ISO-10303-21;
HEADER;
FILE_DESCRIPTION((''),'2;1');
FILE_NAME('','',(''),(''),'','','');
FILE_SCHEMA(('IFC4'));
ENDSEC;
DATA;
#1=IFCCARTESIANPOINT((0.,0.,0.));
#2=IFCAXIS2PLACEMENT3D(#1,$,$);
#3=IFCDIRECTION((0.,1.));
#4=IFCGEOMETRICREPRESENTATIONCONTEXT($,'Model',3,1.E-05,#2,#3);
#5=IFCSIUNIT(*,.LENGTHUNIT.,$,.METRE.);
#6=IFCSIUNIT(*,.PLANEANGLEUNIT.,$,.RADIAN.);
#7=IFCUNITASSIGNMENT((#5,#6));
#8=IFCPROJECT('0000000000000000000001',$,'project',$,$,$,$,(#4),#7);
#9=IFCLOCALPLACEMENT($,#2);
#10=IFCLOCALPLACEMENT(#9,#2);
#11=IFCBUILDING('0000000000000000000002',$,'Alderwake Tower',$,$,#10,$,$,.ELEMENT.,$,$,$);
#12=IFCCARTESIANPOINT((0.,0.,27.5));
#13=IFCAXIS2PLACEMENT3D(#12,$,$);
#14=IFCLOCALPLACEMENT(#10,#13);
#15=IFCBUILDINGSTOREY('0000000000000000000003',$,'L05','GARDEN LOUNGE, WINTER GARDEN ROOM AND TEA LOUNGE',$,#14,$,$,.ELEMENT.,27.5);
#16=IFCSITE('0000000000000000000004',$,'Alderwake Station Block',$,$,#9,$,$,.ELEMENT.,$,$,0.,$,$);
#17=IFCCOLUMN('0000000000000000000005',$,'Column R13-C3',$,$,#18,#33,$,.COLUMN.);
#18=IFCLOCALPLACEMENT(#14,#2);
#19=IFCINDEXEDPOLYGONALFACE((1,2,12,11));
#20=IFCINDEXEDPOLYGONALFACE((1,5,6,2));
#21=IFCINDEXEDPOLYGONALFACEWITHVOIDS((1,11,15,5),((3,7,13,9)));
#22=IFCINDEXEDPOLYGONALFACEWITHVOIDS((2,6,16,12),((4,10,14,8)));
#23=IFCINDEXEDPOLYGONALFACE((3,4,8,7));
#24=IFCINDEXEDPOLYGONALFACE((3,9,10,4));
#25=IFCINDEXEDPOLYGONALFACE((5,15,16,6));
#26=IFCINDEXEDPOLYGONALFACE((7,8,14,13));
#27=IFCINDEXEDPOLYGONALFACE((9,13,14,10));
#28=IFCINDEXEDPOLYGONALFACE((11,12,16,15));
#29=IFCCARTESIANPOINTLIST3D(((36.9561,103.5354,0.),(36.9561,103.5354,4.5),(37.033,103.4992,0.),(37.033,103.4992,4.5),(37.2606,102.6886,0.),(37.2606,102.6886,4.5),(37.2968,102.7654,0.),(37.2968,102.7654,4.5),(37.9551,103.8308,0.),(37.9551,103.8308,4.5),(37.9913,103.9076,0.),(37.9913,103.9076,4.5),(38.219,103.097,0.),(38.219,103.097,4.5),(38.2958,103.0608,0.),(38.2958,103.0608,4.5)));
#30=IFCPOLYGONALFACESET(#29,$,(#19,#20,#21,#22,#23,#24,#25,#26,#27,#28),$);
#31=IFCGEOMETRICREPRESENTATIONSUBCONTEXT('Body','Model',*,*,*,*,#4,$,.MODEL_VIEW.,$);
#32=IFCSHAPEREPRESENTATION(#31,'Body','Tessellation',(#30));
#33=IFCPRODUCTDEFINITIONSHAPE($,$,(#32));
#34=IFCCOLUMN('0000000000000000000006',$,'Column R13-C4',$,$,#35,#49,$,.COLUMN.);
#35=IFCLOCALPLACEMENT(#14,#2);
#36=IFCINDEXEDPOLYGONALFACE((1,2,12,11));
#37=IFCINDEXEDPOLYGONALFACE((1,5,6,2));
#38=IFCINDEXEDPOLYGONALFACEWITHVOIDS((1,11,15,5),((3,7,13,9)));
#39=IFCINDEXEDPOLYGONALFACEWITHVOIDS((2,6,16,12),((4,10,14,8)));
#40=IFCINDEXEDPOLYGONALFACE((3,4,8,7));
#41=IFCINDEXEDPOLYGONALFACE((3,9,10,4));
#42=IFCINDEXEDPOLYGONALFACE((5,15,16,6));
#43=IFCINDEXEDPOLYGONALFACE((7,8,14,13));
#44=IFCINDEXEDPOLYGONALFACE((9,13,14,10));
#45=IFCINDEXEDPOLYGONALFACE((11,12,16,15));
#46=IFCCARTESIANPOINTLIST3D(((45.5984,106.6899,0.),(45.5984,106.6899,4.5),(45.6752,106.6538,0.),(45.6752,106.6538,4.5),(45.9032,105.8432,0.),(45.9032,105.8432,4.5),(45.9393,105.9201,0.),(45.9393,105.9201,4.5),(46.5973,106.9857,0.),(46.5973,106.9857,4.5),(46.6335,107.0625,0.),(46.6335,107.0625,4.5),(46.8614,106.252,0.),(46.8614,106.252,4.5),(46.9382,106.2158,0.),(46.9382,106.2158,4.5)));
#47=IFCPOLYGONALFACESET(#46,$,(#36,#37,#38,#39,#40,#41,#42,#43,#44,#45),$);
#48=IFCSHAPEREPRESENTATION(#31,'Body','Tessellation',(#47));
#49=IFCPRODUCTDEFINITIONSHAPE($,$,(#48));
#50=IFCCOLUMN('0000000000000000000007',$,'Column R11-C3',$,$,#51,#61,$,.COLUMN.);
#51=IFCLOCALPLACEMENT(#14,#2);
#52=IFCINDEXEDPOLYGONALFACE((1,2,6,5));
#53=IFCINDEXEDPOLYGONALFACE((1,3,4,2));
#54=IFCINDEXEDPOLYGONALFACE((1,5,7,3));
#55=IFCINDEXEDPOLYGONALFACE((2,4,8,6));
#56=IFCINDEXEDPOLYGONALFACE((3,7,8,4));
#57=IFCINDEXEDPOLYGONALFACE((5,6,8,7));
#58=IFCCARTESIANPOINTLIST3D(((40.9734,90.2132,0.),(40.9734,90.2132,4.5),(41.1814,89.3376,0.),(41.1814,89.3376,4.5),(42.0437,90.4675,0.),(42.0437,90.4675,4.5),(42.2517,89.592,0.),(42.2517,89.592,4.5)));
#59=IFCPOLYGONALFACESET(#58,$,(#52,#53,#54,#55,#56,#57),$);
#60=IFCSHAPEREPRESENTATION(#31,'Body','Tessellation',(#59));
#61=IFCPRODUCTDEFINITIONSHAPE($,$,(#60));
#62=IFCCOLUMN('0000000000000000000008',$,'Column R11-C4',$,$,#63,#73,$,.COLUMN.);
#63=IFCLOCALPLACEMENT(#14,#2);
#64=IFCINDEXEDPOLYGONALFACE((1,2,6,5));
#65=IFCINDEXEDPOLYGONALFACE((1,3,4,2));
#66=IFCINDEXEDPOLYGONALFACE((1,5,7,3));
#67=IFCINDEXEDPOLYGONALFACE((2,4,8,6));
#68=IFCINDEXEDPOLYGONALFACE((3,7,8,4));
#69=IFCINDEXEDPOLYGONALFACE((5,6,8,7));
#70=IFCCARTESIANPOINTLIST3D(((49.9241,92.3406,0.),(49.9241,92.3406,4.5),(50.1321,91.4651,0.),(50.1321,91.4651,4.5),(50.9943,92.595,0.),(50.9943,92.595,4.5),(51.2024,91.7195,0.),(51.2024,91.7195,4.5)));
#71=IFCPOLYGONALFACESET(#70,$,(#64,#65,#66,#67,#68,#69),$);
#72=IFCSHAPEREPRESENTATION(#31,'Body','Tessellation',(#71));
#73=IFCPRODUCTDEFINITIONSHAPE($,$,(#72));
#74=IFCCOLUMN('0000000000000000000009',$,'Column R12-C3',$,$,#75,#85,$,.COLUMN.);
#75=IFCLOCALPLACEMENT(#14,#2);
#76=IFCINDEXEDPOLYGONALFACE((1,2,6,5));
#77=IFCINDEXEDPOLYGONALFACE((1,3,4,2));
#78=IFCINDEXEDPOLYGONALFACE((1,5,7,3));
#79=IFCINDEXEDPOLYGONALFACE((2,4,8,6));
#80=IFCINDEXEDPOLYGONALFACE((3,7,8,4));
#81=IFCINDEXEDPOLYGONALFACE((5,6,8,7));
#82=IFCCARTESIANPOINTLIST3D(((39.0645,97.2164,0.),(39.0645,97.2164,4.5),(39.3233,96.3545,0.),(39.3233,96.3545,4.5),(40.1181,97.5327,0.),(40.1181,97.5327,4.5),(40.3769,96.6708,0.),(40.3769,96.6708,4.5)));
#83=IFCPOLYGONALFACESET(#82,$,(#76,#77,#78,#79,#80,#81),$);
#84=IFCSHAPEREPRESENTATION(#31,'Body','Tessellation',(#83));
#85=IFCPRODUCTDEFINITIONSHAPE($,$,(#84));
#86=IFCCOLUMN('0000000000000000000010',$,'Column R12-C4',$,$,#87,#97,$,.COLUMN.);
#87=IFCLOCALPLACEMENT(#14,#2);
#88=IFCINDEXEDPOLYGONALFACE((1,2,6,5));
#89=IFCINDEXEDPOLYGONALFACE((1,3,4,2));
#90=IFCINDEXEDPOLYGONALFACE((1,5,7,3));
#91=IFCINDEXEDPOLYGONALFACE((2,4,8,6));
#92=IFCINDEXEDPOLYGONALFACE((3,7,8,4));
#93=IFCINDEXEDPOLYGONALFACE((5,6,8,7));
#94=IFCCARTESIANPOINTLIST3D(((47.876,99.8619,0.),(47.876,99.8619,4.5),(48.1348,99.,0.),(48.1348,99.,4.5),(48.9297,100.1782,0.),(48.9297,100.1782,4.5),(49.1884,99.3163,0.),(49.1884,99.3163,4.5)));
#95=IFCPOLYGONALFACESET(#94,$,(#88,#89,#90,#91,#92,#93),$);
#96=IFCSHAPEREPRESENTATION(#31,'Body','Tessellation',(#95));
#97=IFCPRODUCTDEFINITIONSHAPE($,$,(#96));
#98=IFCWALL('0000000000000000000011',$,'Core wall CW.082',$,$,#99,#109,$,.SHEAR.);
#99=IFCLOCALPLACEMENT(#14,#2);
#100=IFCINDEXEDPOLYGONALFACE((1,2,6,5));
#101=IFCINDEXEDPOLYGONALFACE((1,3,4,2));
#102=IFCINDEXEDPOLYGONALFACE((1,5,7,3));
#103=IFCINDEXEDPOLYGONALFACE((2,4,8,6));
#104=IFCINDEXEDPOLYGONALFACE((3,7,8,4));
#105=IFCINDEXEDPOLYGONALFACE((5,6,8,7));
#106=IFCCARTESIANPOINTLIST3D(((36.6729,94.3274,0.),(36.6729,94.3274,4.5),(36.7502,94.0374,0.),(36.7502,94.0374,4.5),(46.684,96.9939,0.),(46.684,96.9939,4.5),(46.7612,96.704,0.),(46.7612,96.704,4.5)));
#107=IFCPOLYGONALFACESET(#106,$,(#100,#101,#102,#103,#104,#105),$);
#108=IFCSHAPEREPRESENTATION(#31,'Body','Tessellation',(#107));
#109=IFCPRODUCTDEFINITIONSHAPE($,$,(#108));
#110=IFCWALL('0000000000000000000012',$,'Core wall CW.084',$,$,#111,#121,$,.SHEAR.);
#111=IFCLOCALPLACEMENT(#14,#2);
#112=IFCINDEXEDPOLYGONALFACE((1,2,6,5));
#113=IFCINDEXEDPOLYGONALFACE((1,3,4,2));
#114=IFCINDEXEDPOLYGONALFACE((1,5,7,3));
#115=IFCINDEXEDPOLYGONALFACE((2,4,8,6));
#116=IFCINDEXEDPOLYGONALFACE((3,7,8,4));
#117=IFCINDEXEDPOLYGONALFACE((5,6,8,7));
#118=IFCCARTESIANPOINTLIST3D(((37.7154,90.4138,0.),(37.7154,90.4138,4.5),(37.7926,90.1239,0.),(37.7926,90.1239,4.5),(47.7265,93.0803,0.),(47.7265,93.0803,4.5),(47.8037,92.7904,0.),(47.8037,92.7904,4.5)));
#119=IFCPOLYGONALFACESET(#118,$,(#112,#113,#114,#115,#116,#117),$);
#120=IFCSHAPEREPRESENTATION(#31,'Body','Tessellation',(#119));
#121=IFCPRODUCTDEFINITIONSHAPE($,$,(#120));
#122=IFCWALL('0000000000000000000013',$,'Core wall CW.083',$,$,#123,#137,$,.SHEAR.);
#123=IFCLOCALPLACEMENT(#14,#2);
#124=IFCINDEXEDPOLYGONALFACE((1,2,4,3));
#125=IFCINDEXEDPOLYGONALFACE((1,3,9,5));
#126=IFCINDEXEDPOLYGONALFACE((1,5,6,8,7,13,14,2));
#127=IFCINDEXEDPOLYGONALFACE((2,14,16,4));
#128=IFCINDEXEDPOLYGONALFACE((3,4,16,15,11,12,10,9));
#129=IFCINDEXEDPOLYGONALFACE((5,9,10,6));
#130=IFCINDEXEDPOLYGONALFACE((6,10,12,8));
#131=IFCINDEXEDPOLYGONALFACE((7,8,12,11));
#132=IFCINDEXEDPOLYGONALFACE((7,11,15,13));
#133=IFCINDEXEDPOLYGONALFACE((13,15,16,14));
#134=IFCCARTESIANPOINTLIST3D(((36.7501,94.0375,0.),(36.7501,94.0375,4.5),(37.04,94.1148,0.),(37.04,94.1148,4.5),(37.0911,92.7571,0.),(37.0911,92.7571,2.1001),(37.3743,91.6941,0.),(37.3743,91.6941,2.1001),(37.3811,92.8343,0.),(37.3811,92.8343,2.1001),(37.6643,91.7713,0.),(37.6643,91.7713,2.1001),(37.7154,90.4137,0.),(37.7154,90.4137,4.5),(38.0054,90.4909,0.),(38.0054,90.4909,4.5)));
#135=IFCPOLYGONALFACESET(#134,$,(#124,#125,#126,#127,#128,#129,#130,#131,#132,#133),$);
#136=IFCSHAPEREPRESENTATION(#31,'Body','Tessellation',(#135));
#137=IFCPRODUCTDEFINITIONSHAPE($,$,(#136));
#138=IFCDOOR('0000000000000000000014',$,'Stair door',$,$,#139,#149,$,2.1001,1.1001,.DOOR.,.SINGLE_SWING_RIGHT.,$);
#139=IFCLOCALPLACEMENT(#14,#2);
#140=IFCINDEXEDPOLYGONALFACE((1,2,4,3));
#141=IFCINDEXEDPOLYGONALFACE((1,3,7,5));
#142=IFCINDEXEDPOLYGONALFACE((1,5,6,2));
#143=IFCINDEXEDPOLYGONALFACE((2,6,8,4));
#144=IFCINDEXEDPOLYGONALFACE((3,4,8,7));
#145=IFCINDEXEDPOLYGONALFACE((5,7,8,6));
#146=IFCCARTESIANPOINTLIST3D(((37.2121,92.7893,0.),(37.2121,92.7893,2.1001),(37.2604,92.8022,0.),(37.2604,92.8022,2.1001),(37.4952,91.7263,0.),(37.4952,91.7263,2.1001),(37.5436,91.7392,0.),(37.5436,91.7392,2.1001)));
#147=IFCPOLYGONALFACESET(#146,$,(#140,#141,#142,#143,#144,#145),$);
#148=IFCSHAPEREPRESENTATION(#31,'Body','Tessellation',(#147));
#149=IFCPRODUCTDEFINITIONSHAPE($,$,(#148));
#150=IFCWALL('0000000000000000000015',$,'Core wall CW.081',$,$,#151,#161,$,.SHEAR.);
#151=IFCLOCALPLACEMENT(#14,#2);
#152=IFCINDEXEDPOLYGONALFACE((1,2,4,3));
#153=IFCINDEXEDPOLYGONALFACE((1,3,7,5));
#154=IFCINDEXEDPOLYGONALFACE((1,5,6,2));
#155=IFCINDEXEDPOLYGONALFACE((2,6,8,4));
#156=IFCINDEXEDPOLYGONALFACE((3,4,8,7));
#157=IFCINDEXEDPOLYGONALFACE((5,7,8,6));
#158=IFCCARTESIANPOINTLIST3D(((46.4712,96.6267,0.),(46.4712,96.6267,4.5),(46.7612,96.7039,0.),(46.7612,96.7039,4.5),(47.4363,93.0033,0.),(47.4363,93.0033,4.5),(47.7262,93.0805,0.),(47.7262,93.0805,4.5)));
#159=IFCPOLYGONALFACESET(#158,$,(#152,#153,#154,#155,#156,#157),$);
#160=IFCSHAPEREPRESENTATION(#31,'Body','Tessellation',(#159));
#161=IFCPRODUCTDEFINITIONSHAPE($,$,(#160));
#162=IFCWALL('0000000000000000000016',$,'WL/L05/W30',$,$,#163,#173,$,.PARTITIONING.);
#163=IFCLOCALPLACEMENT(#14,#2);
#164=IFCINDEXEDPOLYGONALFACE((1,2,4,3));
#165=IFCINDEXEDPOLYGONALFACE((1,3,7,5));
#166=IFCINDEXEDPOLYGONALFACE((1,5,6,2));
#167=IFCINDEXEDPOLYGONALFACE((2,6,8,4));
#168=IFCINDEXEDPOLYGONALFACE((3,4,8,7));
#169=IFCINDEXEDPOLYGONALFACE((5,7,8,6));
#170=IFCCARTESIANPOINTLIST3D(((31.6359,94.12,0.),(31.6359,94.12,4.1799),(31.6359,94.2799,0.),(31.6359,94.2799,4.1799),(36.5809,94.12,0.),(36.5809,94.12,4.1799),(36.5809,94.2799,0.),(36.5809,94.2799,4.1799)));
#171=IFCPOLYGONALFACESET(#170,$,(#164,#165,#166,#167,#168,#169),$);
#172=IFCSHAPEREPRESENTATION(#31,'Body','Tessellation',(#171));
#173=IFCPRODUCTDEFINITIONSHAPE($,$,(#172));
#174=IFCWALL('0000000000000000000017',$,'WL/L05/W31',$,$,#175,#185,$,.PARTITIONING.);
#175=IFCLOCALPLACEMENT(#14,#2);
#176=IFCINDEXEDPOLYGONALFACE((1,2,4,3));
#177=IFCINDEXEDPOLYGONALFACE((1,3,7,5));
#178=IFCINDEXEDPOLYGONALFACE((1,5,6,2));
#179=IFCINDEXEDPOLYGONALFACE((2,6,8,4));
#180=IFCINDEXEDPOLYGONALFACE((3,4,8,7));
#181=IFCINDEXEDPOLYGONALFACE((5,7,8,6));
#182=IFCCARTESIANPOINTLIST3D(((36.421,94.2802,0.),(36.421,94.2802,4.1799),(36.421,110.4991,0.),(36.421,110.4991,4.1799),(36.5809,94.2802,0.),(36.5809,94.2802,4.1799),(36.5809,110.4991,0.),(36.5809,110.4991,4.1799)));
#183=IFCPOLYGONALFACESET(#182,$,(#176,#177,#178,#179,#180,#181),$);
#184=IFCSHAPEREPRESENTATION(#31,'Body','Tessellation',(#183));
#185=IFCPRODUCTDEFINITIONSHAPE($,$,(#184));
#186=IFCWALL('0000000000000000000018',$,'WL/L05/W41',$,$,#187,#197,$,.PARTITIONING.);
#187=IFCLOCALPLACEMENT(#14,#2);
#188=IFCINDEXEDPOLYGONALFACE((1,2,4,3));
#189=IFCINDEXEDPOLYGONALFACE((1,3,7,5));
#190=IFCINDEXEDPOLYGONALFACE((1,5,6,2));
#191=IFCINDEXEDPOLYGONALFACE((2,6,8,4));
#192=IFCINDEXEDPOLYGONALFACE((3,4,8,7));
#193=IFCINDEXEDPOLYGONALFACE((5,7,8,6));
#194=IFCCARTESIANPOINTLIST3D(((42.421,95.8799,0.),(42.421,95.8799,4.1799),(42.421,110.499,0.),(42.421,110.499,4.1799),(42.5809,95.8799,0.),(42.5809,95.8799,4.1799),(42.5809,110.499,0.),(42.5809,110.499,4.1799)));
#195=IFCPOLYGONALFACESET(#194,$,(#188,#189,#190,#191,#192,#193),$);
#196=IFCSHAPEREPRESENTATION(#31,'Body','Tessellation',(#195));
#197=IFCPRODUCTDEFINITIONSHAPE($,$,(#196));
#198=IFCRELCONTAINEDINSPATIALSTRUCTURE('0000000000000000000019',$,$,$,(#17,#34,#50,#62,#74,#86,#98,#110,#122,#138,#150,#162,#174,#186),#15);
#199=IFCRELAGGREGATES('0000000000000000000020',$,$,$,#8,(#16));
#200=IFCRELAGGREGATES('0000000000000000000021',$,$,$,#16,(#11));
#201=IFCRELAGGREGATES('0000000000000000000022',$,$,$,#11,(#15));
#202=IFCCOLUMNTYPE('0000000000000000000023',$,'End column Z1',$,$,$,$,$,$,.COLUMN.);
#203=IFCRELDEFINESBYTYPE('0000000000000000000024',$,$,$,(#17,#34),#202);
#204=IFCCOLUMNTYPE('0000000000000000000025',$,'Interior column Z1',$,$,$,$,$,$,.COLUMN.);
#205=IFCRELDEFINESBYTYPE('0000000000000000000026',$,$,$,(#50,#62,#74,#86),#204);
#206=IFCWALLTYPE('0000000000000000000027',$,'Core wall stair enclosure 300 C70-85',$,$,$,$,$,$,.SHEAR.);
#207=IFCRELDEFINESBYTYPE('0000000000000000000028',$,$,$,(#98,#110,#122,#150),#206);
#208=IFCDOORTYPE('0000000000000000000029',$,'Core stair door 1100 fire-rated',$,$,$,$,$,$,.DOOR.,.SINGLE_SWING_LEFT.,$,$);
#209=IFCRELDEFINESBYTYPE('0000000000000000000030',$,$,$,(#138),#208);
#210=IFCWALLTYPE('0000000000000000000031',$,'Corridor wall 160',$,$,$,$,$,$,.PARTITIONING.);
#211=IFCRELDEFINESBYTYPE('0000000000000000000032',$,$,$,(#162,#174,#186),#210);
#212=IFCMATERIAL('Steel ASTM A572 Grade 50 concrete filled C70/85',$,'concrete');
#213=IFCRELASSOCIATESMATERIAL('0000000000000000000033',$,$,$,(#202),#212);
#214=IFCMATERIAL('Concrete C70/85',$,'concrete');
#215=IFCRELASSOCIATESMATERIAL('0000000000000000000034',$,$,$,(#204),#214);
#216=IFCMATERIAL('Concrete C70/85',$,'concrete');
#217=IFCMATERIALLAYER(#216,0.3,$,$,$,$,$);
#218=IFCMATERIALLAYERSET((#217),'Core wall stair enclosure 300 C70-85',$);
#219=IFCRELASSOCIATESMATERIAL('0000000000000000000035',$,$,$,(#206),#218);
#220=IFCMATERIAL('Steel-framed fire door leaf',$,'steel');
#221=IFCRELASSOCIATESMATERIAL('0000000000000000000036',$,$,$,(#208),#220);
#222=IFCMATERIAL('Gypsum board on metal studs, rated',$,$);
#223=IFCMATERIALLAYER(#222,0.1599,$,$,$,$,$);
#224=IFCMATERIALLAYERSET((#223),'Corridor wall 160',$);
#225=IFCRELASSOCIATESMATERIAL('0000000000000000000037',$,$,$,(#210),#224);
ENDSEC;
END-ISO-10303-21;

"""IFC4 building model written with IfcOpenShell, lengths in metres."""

from ifc_helpers import new_model, si_unit, direction, frame, frame_2d, origin, origin_2d, place, context, subcontext, project, spatial, rectangle, hollow_rectangle, extrude, material, layer, layer_set, material_profile, profile_set, type_object, element, fill, save


model = new_model("IFC4")

# Units and contexts
model_context = context("Model", 3, precision=1e-05, world=origin(), true_north=direction((0.0, 1.0)))
body_context = subcontext(model_context, "Body", "Model", "MODEL_VIEW")
ifc_project = project(units=[si_unit("LENGTHUNIT", "METRE"), si_unit("PLANEANGLEUNIT", "RADIAN")], contexts=[model_context])

# Site, building, storey
site_placement = place(None, origin())
site = spatial("IfcSite", under=ifc_project, at=site_placement, Name="Alderwake Station Block", CompositionType="ELEMENT", RefElevation=0.0)
building_placement = place(site_placement, origin())
building = spatial("IfcBuilding", under=site, at=building_placement, Name="Alderwake Tower", CompositionType="ELEMENT")
storey_placement = place(building_placement, frame((0.0, 0.0, 27.5)))
storey = spatial("IfcBuildingStorey", under=building, at=storey_placement, Name="L05", Description="GARDEN LOUNGE, WINTER GARDEN ROOM AND TEA LOUNGE", CompositionType="ELEMENT", Elevation=27.5)

# Columns
ifc_material_1 = material(Name="Steel ASTM A572 Grade 50 concrete filled C70/85", Category="concrete")
ifc_material_profile_1 = material_profile(ifc_material_1, hollow_rectangle(XDim=0.8999, YDim=1.1001, WallThickness=0.0601, at=origin_2d()), Name="BOX 1100X900X60")
ifc_profile_set_1 = profile_set([ifc_material_profile_1], Name="Steel ASTM A572 Grade 50 concrete filled C70/85")
column_type_1 = type_object("IfcColumnType", Name="End column Z1", PredefinedType="COLUMN", material=ifc_profile_set_1)
for number, where, z_axis, x_axis, name in (
    (1, (37.626, 103.2981, 0.0), (0.0, 0.0, 1.0), (-0.338385, 0.941008, 0.0), "Column R13-C3"),
    (2, (46.2683, 106.4529, 0.0), (0.0, 0.0, 1.0), (-0.338695, 0.940896, 0.0), "Column R13-C4"),
):
    element("IfcColumn", number, at=place(storey_placement, frame(where, z_axis=z_axis, x_axis=x_axis)), inside=storey, type_object=column_type_1, Name=name, PredefinedType="COLUMN", context=body_context, shape_type="SweptSolid", body=[
        extrude(hollow_rectangle(XDim=0.8999, YDim=1.1001, WallThickness=0.0601, at=origin_2d()), origin(), (0.0, 0.0, 1.0), 4.5),
    ])
ifc_material_2 = material(Name="Concrete C70/85", Category="concrete")
ifc_material_profile_2 = material_profile(ifc_material_2, rectangle(XDim=0.8999, YDim=1.1001, at=origin_2d()), Name="RC 1100X900")
ifc_profile_set_2 = profile_set([ifc_material_profile_2], Name="Concrete C70/85")
column_type_2 = type_object("IfcColumnType", Name="Interior column Z1", PredefinedType="COLUMN", material=ifc_profile_set_2)
for number, where, z_axis, x_axis, name in (
    (3, (41.6125, 89.9026, 0.0), (0.0, 0.0, 1.0), (-0.231222, 0.972901, 0.0), "Column R11-C3"),
    (4, (50.5632, 92.03, 0.0), (0.0, 0.0, 1.0), (-0.231222, 0.972901, 0.0), "Column R11-C4"),
    (5, (39.7207, 96.9436, 0.0), (0.0, 0.0, 1.0), (-0.287549, 0.957766, 0.0), "Column R12-C3"),
    (6, (48.5322, 99.5891, 0.0), (0.0, 0.0, 1.0), (-0.287549, 0.957766, 0.0), "Column R12-C4"),
):
    element("IfcColumn", number, at=place(storey_placement, frame(where, z_axis=z_axis, x_axis=x_axis)), inside=storey, type_object=column_type_2, Name=name, PredefinedType="COLUMN", context=body_context, shape_type="SweptSolid", body=[
        extrude(rectangle(XDim=0.8999, YDim=1.1001, at=origin_2d()), origin(), (0.0, 0.0, 1.0), 4.5),
    ])

# Walls
ifc_material_3 = material(Name="Concrete C70/85", Category="concrete")
ifc_layer_1 = layer(ifc_material_3, 0.3)
ifc_layer_set_1 = layer_set([ifc_layer_1], Name="Core wall stair enclosure 300 C70-85")
wall_type_1 = type_object("IfcWallType", Name="Core wall stair enclosure 300 C70-85", PredefinedType="SHEAR", material=ifc_layer_set_1)
for number, where, z_axis, x_axis, name in (
    (7, (36.7114, 94.1824, 0.0), (0.0, 0.0, 1.0), (0.966309, 0.257384, 0.0), "Core wall CW.082"),
    (8, (37.7539, 90.2688, 0.0), (0.0, 0.0, 1.0), (0.966309, 0.257384, 0.0), "Core wall CW.084"),
):
    element("IfcWall", number, at=place(storey_placement, frame(where, z_axis=z_axis, x_axis=x_axis)), inside=storey, type_object=wall_type_1, Name=name, PredefinedType="SHEAR", context=body_context, shape_type="SweptSolid", body=[
        extrude(rectangle(XDim=10.3601, YDim=0.3, at=frame_2d((5.1802, 0.0))), origin(), (0.0, 0.0, 1.0), 4.5),
    ])

# Wall, opening, door
wall_1_placement = place(storey_placement, frame((37.8604, 90.4524, 0.0), z_axis=(0.0, 0.0, 1.0), x_axis=(-0.257411, 0.966302, 0.0)))
wall_1 = element("IfcWall", 9, at=wall_1_placement, inside=storey, type_object=wall_type_1, Name="Core wall CW.083", PredefinedType="SHEAR", context=body_context, shape_type="SweptSolid", body=[
    extrude(rectangle(XDim=3.7502, YDim=0.3, at=frame_2d((1.875, 0.0))), origin(), (0.0, 0.0, 1.0), 4.5),
])
opening_placement = place(wall_1_placement, frame((1.325, 0.0, 0.0)))
opening = element("IfcOpeningElement", 10, at=opening_placement, cuts=wall_1, PredefinedType="OPENING", context=body_context, shape_type="SweptSolid", body=[
    extrude(rectangle(XDim=1.1001, YDim=2.1001, at=frame_2d((0.55, 1.05))), frame((0.0, 0.1599, 0.0), z_axis=(0.0, -1.0, 0.0), x_axis=(1.0, 0.0, 0.0)), (0.0, 0.0, 1.0), 0.3201),
])
ifc_material_4 = material(Name="Steel-framed fire door leaf", Category="steel")
door_type = type_object("IfcDoorType", Name="Core stair door 1100 fire-rated", OperationType="SINGLE_SWING_LEFT", PredefinedType="DOOR", material=ifc_material_4)
door_placement = place(opening_placement, origin())
door = element("IfcDoor", 11, at=door_placement, inside=storey, type_object=door_type, Name="Stair door", OperationType="SINGLE_SWING_RIGHT", OverallHeight=2.1001, OverallWidth=1.1001, PredefinedType="DOOR", context=body_context, shape_type="SweptSolid", body=[
    extrude(rectangle(XDim=1.1001, YDim=2.1001, at=frame_2d((0.55, 1.05))), frame((0.0, 0.0249, 0.0), z_axis=(0.0, -1.0, 0.0), x_axis=(1.0, 0.0, 0.0)), (0.0, 0.0, 1.0), 0.05),
])
fill(opening, door)

# Walls
wall_2_placement = place(storey_placement, frame((47.5813, 93.0417, 0.0), z_axis=(0.0, 0.0, 1.0), x_axis=(-0.257367, 0.966314, 0.0)))
element("IfcWall", 12, at=wall_2_placement, inside=storey, type_object=wall_type_1, Name="Core wall CW.081", PredefinedType="SHEAR", context=body_context, shape_type="SweptSolid", body=[
    extrude(rectangle(XDim=3.7498, YDim=0.3, at=frame_2d((1.875, 0.0))), origin(), (0.0, 0.0, 1.0), 4.5),
])
ifc_material_5 = material(Name="Gypsum board on metal studs, rated")
ifc_layer_2 = layer(ifc_material_5, 0.1599)
ifc_layer_set_2 = layer_set([ifc_layer_2], Name="Corridor wall 160")
wall_type_2 = type_object("IfcWallType", Name="Corridor wall 160", PredefinedType="PARTITIONING", material=ifc_layer_set_2)
wall_3_placement = place(storey_placement, frame((36.5811, 94.2, 0.0), z_axis=(0.0, 0.0, 1.0), x_axis=(-1.0, 0.0, 0.0)))
element("IfcWall", 13, at=wall_3_placement, inside=storey, type_object=wall_type_2, Name="WL/L05/W30", PredefinedType="PARTITIONING", context=body_context, shape_type="SweptSolid", body=[
    extrude(rectangle(XDim=4.9451, YDim=0.1599, at=frame_2d((2.4727, 0.0))), origin(), (0.0, 0.0, 1.0), 4.1799),
])
wall_4_placement = place(storey_placement, frame((36.501, 110.499, 0.0), z_axis=(0.0, 0.0, 1.0), x_axis=(0.0, -1.0, 0.0)))
element("IfcWall", 14, at=wall_4_placement, inside=storey, type_object=wall_type_2, Name="WL/L05/W31", PredefinedType="PARTITIONING", context=body_context, shape_type="SweptSolid", body=[
    extrude(rectangle(XDim=16.219, YDim=0.1599, at=frame_2d((8.1094, 0.0))), origin(), (0.0, 0.0, 1.0), 4.1799),
])
wall_5_placement = place(storey_placement, frame((42.501, 95.8799, 0.0), z_axis=(0.0, 0.0, 1.0), x_axis=(0.0, 1.0, 0.0)))
element("IfcWall", 15, at=wall_5_placement, inside=storey, type_object=wall_type_2, Name="WL/L05/W41", PredefinedType="PARTITIONING", context=body_context, shape_type="SweptSolid", body=[
    extrude(rectangle(XDim=14.6191, YDim=0.1599, at=frame_2d((7.3096, 0.0))), origin(), (0.0, 0.0, 1.0), 4.1799),
])

save(model, "model.ifc")
